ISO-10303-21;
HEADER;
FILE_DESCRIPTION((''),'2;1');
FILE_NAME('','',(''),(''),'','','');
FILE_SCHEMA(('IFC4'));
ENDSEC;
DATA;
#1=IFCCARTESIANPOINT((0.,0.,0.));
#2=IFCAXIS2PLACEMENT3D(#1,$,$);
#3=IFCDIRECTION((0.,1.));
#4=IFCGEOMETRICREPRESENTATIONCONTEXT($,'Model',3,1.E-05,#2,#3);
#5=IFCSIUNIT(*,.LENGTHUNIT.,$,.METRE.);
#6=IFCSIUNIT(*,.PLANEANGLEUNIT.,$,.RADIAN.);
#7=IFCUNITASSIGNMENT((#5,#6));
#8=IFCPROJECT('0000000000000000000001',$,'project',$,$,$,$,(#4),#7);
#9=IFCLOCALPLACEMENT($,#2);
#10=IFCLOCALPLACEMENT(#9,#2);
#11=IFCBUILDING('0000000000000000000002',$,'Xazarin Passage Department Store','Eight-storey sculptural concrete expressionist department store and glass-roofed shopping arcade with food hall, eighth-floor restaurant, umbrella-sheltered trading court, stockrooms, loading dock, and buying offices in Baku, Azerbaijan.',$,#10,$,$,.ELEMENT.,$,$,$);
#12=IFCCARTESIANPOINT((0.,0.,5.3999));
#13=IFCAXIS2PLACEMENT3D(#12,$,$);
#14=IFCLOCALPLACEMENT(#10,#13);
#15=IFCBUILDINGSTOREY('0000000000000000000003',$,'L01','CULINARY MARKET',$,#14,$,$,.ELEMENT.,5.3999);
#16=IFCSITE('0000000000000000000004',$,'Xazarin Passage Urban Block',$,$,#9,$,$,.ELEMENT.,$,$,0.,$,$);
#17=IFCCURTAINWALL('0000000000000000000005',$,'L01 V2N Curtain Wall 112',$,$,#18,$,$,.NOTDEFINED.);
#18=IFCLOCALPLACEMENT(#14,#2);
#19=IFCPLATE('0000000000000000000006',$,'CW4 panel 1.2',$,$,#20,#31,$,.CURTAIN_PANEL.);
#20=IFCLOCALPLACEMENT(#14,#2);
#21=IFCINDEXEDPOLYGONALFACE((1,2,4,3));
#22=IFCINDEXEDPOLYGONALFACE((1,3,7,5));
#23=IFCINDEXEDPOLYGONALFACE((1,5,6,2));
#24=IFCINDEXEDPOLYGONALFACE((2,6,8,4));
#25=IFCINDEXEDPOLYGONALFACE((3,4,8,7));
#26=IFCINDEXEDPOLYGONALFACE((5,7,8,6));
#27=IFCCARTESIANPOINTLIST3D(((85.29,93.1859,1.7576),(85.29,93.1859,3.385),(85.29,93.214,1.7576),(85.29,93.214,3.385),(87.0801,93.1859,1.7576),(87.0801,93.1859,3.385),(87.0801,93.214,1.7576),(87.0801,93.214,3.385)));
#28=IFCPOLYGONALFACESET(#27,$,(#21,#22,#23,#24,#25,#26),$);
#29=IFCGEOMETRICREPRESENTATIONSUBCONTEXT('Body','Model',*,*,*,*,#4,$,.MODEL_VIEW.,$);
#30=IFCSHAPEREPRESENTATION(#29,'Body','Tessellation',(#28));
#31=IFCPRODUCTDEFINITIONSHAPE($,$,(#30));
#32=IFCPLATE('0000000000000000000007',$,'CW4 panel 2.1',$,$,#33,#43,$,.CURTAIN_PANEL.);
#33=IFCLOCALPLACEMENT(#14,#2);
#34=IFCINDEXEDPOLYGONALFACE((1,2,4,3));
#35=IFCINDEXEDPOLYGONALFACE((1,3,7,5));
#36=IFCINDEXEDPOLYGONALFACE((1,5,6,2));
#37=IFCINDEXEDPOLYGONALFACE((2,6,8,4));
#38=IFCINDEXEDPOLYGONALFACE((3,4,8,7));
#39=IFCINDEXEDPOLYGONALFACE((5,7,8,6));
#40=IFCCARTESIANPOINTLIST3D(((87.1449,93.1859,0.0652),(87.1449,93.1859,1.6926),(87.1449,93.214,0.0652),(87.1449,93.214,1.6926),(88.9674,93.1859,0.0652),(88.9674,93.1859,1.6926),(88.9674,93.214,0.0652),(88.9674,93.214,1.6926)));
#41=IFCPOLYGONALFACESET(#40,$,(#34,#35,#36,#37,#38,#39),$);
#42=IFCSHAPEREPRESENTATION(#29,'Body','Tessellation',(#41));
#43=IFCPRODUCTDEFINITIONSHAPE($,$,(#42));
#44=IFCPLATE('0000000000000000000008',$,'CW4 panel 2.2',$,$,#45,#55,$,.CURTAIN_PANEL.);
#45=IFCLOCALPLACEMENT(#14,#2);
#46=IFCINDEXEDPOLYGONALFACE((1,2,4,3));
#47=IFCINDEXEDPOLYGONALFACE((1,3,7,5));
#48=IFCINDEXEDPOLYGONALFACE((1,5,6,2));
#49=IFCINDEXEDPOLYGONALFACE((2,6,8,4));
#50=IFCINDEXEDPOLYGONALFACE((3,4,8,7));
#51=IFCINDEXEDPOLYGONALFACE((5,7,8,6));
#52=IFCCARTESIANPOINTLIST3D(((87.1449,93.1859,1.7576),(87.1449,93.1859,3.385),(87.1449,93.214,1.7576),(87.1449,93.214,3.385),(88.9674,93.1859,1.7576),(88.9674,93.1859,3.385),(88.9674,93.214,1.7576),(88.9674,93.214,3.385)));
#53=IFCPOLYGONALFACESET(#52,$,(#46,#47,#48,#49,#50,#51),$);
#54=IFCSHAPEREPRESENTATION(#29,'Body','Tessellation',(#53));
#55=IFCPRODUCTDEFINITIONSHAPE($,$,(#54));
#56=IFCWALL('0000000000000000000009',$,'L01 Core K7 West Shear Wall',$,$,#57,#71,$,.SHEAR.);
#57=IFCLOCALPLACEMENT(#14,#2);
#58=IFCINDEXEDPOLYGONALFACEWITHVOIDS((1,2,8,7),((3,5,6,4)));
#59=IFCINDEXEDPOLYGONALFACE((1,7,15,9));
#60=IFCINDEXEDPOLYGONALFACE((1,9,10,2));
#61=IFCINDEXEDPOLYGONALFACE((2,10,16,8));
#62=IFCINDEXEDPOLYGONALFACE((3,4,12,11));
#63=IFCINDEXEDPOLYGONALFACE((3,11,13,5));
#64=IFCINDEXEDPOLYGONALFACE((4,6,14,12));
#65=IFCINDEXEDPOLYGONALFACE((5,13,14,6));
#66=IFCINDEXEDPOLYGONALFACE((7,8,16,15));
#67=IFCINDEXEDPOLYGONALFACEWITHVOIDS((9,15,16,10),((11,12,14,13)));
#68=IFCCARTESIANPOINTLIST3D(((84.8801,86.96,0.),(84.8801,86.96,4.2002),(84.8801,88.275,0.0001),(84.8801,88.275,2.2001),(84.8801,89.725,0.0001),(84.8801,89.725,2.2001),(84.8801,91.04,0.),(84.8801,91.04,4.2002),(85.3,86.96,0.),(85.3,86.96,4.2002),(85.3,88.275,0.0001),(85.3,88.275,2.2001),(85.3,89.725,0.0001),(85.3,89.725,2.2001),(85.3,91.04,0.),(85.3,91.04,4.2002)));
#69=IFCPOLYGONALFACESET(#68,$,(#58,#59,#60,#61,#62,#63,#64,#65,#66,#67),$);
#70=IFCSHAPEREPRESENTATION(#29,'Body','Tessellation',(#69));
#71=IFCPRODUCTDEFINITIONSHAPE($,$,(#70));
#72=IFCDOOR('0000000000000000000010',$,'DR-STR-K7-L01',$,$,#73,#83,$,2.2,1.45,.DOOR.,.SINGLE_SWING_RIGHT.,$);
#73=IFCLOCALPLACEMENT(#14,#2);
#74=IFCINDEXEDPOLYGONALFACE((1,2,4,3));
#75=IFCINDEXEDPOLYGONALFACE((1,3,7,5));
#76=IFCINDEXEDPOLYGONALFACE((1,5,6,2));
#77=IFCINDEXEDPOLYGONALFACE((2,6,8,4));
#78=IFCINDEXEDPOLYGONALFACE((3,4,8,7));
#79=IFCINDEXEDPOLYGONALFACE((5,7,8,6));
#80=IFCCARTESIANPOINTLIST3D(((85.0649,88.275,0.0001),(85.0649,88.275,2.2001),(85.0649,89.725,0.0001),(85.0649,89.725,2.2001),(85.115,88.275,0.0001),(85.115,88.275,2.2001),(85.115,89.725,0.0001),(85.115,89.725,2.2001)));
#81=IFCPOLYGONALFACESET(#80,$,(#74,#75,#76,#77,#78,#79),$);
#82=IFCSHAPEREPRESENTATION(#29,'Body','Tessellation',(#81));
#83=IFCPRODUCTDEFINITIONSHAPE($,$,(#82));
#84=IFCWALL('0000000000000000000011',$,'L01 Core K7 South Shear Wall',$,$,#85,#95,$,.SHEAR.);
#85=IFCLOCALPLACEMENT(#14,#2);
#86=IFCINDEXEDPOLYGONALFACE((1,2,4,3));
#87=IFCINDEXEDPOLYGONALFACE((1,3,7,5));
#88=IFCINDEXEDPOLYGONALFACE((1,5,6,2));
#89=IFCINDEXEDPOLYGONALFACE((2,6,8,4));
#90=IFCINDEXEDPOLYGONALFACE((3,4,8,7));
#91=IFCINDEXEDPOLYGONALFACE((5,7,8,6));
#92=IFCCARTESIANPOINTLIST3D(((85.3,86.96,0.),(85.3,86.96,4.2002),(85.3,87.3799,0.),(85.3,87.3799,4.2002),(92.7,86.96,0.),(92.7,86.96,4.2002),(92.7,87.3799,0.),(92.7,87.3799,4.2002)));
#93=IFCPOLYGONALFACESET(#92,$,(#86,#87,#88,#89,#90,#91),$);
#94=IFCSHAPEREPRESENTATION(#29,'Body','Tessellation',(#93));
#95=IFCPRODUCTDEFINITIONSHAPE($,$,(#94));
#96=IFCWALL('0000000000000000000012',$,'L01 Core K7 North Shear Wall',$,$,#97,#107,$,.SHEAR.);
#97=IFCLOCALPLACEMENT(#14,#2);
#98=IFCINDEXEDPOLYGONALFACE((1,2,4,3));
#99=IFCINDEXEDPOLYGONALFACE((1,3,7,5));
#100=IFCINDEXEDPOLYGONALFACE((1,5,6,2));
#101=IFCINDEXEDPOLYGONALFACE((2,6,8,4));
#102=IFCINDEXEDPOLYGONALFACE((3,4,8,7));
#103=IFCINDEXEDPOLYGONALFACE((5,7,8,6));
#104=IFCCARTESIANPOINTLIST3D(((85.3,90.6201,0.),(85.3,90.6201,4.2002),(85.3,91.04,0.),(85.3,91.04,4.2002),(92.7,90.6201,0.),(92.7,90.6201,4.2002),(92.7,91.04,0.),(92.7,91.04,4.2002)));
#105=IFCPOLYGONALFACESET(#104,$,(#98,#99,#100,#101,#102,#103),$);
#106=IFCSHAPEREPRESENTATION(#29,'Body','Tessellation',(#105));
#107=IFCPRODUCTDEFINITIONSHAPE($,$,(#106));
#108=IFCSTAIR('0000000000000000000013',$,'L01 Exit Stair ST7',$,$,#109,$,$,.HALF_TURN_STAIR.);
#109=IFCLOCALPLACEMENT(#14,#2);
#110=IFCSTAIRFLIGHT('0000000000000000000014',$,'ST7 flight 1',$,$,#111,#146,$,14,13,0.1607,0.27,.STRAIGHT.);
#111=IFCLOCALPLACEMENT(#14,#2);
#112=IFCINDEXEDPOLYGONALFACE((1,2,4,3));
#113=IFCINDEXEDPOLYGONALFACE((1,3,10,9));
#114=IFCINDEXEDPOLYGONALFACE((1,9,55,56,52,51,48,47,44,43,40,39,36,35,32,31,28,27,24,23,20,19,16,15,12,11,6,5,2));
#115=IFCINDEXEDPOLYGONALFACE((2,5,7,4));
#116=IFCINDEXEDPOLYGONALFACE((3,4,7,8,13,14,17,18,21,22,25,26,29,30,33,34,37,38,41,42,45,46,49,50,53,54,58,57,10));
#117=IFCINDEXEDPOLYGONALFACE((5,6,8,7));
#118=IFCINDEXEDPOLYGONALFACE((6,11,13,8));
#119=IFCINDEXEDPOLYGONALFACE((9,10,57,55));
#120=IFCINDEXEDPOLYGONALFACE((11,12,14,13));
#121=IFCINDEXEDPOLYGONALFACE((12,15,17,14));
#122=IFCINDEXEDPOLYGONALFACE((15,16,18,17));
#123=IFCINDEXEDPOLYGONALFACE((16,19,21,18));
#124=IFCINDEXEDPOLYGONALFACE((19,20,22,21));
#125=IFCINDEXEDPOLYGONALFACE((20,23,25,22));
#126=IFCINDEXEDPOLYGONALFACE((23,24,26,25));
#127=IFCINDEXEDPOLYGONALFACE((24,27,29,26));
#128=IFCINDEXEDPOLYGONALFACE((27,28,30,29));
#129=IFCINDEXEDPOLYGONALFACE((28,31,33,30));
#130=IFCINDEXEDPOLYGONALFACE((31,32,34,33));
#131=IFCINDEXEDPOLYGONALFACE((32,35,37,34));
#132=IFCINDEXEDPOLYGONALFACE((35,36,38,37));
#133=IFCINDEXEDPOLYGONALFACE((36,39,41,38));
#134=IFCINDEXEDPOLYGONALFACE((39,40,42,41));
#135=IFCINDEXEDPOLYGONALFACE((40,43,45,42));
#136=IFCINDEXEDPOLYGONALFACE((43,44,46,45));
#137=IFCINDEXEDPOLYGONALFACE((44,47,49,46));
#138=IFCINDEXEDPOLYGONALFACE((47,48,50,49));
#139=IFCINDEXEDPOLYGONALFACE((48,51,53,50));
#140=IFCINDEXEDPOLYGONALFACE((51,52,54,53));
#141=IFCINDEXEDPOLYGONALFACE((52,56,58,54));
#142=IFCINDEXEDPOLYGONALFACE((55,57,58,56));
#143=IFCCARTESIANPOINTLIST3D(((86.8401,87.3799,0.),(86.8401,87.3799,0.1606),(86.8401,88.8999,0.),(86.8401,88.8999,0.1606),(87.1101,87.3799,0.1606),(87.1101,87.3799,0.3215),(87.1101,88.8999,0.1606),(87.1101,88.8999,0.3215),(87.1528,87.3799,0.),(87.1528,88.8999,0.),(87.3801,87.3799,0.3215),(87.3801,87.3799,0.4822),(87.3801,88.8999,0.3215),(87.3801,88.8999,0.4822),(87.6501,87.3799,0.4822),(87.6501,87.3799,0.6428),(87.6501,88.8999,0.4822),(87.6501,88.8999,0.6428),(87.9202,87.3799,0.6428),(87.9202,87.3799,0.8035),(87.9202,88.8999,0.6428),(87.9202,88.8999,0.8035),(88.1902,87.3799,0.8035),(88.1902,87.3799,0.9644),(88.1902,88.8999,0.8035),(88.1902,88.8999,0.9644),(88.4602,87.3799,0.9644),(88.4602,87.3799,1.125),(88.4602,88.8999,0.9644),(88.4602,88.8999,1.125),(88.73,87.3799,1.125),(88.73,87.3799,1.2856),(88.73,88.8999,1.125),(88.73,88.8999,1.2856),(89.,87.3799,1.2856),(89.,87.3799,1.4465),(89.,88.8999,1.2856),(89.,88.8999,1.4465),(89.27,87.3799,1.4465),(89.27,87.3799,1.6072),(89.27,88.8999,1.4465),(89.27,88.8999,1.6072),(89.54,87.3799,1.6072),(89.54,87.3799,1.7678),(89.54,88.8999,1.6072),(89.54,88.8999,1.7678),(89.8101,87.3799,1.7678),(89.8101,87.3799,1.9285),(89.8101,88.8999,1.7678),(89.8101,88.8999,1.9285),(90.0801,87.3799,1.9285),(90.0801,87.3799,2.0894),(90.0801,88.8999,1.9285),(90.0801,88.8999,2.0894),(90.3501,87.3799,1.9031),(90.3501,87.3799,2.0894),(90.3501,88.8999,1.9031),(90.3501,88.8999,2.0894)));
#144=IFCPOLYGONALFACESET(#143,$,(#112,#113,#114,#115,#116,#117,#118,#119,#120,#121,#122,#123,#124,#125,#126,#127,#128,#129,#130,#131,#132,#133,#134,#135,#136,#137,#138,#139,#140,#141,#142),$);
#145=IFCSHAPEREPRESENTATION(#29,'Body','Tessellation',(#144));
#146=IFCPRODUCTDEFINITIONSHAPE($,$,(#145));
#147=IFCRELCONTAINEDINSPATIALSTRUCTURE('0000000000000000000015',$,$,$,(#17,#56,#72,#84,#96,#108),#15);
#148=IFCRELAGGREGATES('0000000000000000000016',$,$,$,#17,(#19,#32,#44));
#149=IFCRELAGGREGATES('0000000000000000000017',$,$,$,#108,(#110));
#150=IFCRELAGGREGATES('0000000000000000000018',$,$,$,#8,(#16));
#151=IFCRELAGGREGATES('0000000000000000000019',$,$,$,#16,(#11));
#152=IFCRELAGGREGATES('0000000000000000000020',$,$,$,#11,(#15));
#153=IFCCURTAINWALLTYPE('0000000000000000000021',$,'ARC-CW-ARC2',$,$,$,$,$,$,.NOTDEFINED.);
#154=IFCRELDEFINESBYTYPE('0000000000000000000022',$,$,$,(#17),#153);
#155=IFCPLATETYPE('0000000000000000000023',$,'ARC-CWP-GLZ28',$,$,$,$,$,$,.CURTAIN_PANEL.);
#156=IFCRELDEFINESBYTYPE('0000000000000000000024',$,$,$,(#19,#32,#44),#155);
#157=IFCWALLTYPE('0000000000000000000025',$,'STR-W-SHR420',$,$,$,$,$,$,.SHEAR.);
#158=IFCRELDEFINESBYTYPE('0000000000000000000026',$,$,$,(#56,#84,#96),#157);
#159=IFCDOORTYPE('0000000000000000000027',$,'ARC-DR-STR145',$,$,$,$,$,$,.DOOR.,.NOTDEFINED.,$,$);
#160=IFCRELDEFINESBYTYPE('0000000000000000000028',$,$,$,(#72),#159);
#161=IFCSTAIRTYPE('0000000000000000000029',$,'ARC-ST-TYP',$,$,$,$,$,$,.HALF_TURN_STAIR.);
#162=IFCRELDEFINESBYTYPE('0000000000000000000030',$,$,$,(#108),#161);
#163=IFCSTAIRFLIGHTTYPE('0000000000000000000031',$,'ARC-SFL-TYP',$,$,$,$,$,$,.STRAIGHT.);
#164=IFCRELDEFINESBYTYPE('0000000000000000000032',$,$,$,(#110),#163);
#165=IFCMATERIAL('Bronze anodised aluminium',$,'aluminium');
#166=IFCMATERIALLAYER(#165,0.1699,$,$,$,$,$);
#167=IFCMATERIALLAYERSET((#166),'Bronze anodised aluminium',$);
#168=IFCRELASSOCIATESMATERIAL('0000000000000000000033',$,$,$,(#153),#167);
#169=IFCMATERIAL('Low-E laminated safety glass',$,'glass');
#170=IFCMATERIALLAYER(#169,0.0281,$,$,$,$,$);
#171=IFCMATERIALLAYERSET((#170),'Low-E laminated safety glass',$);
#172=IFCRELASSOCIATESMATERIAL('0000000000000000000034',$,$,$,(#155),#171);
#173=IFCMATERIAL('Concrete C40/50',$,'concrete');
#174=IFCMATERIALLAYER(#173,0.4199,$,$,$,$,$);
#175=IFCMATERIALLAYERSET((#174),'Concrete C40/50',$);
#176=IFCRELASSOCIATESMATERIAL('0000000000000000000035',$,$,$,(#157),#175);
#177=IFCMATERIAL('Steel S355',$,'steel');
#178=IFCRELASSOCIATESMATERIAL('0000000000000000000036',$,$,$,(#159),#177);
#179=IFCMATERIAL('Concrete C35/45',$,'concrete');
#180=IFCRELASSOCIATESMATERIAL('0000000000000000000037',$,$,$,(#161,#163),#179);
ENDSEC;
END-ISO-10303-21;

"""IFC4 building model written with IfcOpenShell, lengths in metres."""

from ifc_helpers import new_model, si_unit, direction, frame, frame_2d, origin, origin_2d, place, context, subcontext, project, spatial, polyline, rectangle, outline, extrude, material, layer, layer_set, type_object, element, fill, aggregate, save


model = new_model("IFC4")

# Units and contexts
model_context = context("Model", 3, precision=1e-05, world=origin(), true_north=direction((0.0, 1.0)))
body_context = subcontext(model_context, "Body", "Model", "MODEL_VIEW")
ifc_project = project(units=[si_unit("LENGTHUNIT", "METRE"), si_unit("PLANEANGLEUNIT", "RADIAN")], contexts=[model_context])

# Site, building, storey
site_placement = place(None, origin())
site = spatial("IfcSite", under=ifc_project, at=site_placement, Name="Xazarin Passage Urban Block", CompositionType="ELEMENT", RefElevation=0.0)
building_placement = place(site_placement, origin())
building = spatial("IfcBuilding", under=site, at=building_placement, Name="Xazarin Passage Department Store", Description="Eight-storey sculptural concrete expressionist department store and glass-roofed shopping arcade with food hall, eighth-floor restaurant, umbrella-sheltered trading court, stockrooms, loading dock, and buying offices in Baku, Azerbaijan.", CompositionType="ELEMENT")
storey_placement = place(building_placement, frame((0.0, 0.0, 5.3999)))
storey = spatial("IfcBuildingStorey", under=building, at=storey_placement, Name="L01", Description="CULINARY MARKET", CompositionType="ELEMENT", Elevation=5.3999)

# Curtain wall
ifc_material_1 = material(Name="Bronze anodised aluminium", Category="aluminium")
ifc_layer_1 = layer(ifc_material_1, 0.1699)
ifc_layer_set_1 = layer_set([ifc_layer_1], Name="Bronze anodised aluminium")
curtain_wall_type = type_object("IfcCurtainWallType", Name="ARC-CW-ARC2", PredefinedType="NOTDEFINED", material=ifc_layer_set_1)
curtain_wall_placement = place(storey_placement, origin())
curtain_wall = element("IfcCurtainWall", 1, at=curtain_wall_placement, inside=storey, type_object=curtain_wall_type, Name="L01 V2N Curtain Wall 112", PredefinedType="NOTDEFINED")

# Shared definitions
ifc_material_2 = material(Name="Concrete C35/45", Category="concrete")

# Plates
ifc_material_3 = material(Name="Low-E laminated safety glass", Category="glass")
ifc_layer_2 = layer(ifc_material_3, 0.0281)
ifc_layer_set_2 = layer_set([ifc_layer_2], Name="Low-E laminated safety glass")
plate_type = type_object("IfcPlateType", Name="ARC-CWP-GLZ28", PredefinedType="CURTAIN_PANEL", material=ifc_layer_set_2)
plate_1_placement = place(storey_placement, frame((86.1851, 93.2, 1.7576), z_axis=(0.0, 0.0, 1.0), x_axis=(1.0, 0.0, 0.0)))
plate_1 = element("IfcPlate", 2, at=plate_1_placement, type_object=plate_type, Name="CW4 panel 1.2", PredefinedType="CURTAIN_PANEL", context=body_context, shape_type="SweptSolid", body=[
    extrude(rectangle(XDim=1.79, YDim=0.0281, at=origin_2d()), origin(), (0.0, 0.0, 1.0), 1.6274),
])
plate_2_placement = place(storey_placement, frame((88.0562, 93.2, 0.0652), z_axis=(0.0, 0.0, 1.0), x_axis=(1.0, 0.0, 0.0)))
plate_2 = element("IfcPlate", 3, at=plate_2_placement, type_object=plate_type, Name="CW4 panel 2.1", PredefinedType="CURTAIN_PANEL", context=body_context, shape_type="SweptSolid", body=[
    extrude(rectangle(XDim=1.8225, YDim=0.0281, at=origin_2d()), origin(), (0.0, 0.0, 1.0), 1.6274),
])
plate_3_placement = place(storey_placement, frame((88.0562, 93.2, 1.7576), z_axis=(0.0, 0.0, 1.0), x_axis=(1.0, 0.0, 0.0)))
plate_3 = element("IfcPlate", 4, at=plate_3_placement, type_object=plate_type, Name="CW4 panel 2.2", PredefinedType="CURTAIN_PANEL", context=body_context, shape_type="SweptSolid", body=[
    extrude(rectangle(XDim=1.8225, YDim=0.0281, at=origin_2d()), origin(), (0.0, 0.0, 1.0), 1.6274),
])
aggregate(curtain_wall, [plate_1, plate_2, plate_3])

# Wall, opening, door
ifc_material_4 = material(Name="Concrete C40/50", Category="concrete")
ifc_layer_3 = layer(ifc_material_4, 0.4199)
ifc_layer_set_3 = layer_set([ifc_layer_3], Name="Concrete C40/50")
wall_type = type_object("IfcWallType", Name="STR-W-SHR420", PredefinedType="SHEAR", material=ifc_layer_set_3)
wall_placement = place(storey_placement, frame((85.0901, 91.04, 0.0), z_axis=(0.0, 0.0, 1.0), x_axis=(0.0, -1.0, 0.0)))
wall = element("IfcWall", 5, at=wall_placement, inside=storey, type_object=wall_type, Name="L01 Core K7 West Shear Wall", PredefinedType="SHEAR", context=body_context, shape_type="SweptSolid", body=[
    extrude(rectangle(XDim=4.0801, YDim=0.4199, at=frame_2d((2.04, 0.0))), origin(), (0.0, 0.0, 1.0), 4.2002),
])
opening_placement = place(wall_placement, frame((1.3149, 0.0, 0.0)))
opening = element("IfcOpeningElement", 6, at=opening_placement, cuts=wall, PredefinedType="OPENING", context=body_context, shape_type="SweptSolid", body=[
    extrude(rectangle(XDim=1.45, YDim=2.2, at=frame_2d((0.7251, 1.1001))), frame((0.0, 0.22, 0.0), z_axis=(0.0, -1.0, 0.0), x_axis=(1.0, 0.0, 0.0)), (0.0, 0.0, 1.0), 0.4399),
])
ifc_material_5 = material(Name="Steel S355", Category="steel")
door_type = type_object("IfcDoorType", Name="ARC-DR-STR145", OperationType="NOTDEFINED", PredefinedType="DOOR", material=ifc_material_5)
door_placement = place(opening_placement, origin())
door = element("IfcDoor", 7, at=door_placement, inside=storey, type_object=door_type, Name="DR-STR-K7-L01", OperationType="SINGLE_SWING_RIGHT", OverallHeight=2.2, OverallWidth=1.45, PredefinedType="DOOR", context=body_context, shape_type="SweptSolid", body=[
    extrude(rectangle(XDim=1.45, YDim=2.2, at=frame_2d((0.7251, 1.1001))), frame((0.0, 0.0249, 0.0), z_axis=(0.0, -1.0, 0.0), x_axis=(1.0, 0.0, 0.0)), (0.0, 0.0, 1.0), 0.05),
])
fill(opening, door)

# Walls
for number, where, z_axis, x_axis, name in (
    (8, (85.3, 87.1699, 0.0), (0.0, 0.0, 1.0), (1.0, 0.0, 0.0), "L01 Core K7 South Shear Wall"),
    (9, (85.3, 90.8301, 0.0), (0.0, 0.0, 1.0), (1.0, 0.0, 0.0), "L01 Core K7 North Shear Wall"),
):
    element("IfcWall", number, at=place(storey_placement, frame(where, z_axis=z_axis, x_axis=x_axis)), inside=storey, type_object=wall_type, Name=name, PredefinedType="SHEAR", context=body_context, shape_type="SweptSolid", body=[
        extrude(rectangle(XDim=7.3999, YDim=0.4199, at=frame_2d((3.7, 0.0))), origin(), (0.0, 0.0, 1.0), 4.2002),
    ])

# Stair, stair flight
stair_type = type_object("IfcStairType", Name="ARC-ST-TYP", PredefinedType="HALF_TURN_STAIR", material=ifc_material_2)
stair_placement = place(storey_placement, origin())
stair = element("IfcStair", 10, at=stair_placement, inside=storey, type_object=stair_type, Name="L01 Exit Stair ST7", PredefinedType="HALF_TURN_STAIR")
stair_flight_type = type_object("IfcStairFlightType", Name="ARC-SFL-TYP", PredefinedType="STRAIGHT", material=ifc_material_2)
stair_flight_placement = place(storey_placement, frame((86.8401, 88.1399, 0.0), z_axis=(0.0, 0.0, 1.0), x_axis=(1.0, 0.0, 0.0)))
stair_flight = element("IfcStairFlight", 11, at=stair_flight_placement, type_object=stair_flight_type, Name="ST7 flight 1", NumberOfRisers=14, NumberOfTreads=13, PredefinedType="STRAIGHT", RiserHeight=0.1607, TreadLength=0.27, context=body_context, shape_type="SweptSolid", body=[
    extrude(outline(polyline([(0.0, 0.0), (0.0, 0.1606), (0.27, 0.1606), (0.27, 0.3215), (0.54, 0.3215), (0.54, 0.4822), (0.8101, 0.4822), (0.8101, 0.6428), (1.0801, 0.6428), (1.0801, 0.8035), (1.3501, 0.8035), (1.3501, 0.9644), (1.6201, 0.9644), (1.6201, 1.125), (1.8899, 1.125), (1.8899, 1.2856), (2.1599, 1.2856), (2.1599, 1.4465), (2.4299, 1.4465), (2.4299, 1.6072), (2.7, 1.6072), (2.7, 1.7678), (2.97, 1.7678), (2.97, 1.9285), (3.24, 1.9285), (3.24, 2.0894), (3.51, 2.0894), (3.51, 2.25), (3.51, 1.9031), (0.3127, 0.0), (0.0, 0.0)])), frame((0.0, 0.76, 0.0), z_axis=(0.0, -1.0, 0.0), x_axis=(1.0, 0.0, 0.0)), (0.0, 0.0, 1.0), 1.52),
])
aggregate(stair, [stair_flight])

save(model, "model.ifc")
